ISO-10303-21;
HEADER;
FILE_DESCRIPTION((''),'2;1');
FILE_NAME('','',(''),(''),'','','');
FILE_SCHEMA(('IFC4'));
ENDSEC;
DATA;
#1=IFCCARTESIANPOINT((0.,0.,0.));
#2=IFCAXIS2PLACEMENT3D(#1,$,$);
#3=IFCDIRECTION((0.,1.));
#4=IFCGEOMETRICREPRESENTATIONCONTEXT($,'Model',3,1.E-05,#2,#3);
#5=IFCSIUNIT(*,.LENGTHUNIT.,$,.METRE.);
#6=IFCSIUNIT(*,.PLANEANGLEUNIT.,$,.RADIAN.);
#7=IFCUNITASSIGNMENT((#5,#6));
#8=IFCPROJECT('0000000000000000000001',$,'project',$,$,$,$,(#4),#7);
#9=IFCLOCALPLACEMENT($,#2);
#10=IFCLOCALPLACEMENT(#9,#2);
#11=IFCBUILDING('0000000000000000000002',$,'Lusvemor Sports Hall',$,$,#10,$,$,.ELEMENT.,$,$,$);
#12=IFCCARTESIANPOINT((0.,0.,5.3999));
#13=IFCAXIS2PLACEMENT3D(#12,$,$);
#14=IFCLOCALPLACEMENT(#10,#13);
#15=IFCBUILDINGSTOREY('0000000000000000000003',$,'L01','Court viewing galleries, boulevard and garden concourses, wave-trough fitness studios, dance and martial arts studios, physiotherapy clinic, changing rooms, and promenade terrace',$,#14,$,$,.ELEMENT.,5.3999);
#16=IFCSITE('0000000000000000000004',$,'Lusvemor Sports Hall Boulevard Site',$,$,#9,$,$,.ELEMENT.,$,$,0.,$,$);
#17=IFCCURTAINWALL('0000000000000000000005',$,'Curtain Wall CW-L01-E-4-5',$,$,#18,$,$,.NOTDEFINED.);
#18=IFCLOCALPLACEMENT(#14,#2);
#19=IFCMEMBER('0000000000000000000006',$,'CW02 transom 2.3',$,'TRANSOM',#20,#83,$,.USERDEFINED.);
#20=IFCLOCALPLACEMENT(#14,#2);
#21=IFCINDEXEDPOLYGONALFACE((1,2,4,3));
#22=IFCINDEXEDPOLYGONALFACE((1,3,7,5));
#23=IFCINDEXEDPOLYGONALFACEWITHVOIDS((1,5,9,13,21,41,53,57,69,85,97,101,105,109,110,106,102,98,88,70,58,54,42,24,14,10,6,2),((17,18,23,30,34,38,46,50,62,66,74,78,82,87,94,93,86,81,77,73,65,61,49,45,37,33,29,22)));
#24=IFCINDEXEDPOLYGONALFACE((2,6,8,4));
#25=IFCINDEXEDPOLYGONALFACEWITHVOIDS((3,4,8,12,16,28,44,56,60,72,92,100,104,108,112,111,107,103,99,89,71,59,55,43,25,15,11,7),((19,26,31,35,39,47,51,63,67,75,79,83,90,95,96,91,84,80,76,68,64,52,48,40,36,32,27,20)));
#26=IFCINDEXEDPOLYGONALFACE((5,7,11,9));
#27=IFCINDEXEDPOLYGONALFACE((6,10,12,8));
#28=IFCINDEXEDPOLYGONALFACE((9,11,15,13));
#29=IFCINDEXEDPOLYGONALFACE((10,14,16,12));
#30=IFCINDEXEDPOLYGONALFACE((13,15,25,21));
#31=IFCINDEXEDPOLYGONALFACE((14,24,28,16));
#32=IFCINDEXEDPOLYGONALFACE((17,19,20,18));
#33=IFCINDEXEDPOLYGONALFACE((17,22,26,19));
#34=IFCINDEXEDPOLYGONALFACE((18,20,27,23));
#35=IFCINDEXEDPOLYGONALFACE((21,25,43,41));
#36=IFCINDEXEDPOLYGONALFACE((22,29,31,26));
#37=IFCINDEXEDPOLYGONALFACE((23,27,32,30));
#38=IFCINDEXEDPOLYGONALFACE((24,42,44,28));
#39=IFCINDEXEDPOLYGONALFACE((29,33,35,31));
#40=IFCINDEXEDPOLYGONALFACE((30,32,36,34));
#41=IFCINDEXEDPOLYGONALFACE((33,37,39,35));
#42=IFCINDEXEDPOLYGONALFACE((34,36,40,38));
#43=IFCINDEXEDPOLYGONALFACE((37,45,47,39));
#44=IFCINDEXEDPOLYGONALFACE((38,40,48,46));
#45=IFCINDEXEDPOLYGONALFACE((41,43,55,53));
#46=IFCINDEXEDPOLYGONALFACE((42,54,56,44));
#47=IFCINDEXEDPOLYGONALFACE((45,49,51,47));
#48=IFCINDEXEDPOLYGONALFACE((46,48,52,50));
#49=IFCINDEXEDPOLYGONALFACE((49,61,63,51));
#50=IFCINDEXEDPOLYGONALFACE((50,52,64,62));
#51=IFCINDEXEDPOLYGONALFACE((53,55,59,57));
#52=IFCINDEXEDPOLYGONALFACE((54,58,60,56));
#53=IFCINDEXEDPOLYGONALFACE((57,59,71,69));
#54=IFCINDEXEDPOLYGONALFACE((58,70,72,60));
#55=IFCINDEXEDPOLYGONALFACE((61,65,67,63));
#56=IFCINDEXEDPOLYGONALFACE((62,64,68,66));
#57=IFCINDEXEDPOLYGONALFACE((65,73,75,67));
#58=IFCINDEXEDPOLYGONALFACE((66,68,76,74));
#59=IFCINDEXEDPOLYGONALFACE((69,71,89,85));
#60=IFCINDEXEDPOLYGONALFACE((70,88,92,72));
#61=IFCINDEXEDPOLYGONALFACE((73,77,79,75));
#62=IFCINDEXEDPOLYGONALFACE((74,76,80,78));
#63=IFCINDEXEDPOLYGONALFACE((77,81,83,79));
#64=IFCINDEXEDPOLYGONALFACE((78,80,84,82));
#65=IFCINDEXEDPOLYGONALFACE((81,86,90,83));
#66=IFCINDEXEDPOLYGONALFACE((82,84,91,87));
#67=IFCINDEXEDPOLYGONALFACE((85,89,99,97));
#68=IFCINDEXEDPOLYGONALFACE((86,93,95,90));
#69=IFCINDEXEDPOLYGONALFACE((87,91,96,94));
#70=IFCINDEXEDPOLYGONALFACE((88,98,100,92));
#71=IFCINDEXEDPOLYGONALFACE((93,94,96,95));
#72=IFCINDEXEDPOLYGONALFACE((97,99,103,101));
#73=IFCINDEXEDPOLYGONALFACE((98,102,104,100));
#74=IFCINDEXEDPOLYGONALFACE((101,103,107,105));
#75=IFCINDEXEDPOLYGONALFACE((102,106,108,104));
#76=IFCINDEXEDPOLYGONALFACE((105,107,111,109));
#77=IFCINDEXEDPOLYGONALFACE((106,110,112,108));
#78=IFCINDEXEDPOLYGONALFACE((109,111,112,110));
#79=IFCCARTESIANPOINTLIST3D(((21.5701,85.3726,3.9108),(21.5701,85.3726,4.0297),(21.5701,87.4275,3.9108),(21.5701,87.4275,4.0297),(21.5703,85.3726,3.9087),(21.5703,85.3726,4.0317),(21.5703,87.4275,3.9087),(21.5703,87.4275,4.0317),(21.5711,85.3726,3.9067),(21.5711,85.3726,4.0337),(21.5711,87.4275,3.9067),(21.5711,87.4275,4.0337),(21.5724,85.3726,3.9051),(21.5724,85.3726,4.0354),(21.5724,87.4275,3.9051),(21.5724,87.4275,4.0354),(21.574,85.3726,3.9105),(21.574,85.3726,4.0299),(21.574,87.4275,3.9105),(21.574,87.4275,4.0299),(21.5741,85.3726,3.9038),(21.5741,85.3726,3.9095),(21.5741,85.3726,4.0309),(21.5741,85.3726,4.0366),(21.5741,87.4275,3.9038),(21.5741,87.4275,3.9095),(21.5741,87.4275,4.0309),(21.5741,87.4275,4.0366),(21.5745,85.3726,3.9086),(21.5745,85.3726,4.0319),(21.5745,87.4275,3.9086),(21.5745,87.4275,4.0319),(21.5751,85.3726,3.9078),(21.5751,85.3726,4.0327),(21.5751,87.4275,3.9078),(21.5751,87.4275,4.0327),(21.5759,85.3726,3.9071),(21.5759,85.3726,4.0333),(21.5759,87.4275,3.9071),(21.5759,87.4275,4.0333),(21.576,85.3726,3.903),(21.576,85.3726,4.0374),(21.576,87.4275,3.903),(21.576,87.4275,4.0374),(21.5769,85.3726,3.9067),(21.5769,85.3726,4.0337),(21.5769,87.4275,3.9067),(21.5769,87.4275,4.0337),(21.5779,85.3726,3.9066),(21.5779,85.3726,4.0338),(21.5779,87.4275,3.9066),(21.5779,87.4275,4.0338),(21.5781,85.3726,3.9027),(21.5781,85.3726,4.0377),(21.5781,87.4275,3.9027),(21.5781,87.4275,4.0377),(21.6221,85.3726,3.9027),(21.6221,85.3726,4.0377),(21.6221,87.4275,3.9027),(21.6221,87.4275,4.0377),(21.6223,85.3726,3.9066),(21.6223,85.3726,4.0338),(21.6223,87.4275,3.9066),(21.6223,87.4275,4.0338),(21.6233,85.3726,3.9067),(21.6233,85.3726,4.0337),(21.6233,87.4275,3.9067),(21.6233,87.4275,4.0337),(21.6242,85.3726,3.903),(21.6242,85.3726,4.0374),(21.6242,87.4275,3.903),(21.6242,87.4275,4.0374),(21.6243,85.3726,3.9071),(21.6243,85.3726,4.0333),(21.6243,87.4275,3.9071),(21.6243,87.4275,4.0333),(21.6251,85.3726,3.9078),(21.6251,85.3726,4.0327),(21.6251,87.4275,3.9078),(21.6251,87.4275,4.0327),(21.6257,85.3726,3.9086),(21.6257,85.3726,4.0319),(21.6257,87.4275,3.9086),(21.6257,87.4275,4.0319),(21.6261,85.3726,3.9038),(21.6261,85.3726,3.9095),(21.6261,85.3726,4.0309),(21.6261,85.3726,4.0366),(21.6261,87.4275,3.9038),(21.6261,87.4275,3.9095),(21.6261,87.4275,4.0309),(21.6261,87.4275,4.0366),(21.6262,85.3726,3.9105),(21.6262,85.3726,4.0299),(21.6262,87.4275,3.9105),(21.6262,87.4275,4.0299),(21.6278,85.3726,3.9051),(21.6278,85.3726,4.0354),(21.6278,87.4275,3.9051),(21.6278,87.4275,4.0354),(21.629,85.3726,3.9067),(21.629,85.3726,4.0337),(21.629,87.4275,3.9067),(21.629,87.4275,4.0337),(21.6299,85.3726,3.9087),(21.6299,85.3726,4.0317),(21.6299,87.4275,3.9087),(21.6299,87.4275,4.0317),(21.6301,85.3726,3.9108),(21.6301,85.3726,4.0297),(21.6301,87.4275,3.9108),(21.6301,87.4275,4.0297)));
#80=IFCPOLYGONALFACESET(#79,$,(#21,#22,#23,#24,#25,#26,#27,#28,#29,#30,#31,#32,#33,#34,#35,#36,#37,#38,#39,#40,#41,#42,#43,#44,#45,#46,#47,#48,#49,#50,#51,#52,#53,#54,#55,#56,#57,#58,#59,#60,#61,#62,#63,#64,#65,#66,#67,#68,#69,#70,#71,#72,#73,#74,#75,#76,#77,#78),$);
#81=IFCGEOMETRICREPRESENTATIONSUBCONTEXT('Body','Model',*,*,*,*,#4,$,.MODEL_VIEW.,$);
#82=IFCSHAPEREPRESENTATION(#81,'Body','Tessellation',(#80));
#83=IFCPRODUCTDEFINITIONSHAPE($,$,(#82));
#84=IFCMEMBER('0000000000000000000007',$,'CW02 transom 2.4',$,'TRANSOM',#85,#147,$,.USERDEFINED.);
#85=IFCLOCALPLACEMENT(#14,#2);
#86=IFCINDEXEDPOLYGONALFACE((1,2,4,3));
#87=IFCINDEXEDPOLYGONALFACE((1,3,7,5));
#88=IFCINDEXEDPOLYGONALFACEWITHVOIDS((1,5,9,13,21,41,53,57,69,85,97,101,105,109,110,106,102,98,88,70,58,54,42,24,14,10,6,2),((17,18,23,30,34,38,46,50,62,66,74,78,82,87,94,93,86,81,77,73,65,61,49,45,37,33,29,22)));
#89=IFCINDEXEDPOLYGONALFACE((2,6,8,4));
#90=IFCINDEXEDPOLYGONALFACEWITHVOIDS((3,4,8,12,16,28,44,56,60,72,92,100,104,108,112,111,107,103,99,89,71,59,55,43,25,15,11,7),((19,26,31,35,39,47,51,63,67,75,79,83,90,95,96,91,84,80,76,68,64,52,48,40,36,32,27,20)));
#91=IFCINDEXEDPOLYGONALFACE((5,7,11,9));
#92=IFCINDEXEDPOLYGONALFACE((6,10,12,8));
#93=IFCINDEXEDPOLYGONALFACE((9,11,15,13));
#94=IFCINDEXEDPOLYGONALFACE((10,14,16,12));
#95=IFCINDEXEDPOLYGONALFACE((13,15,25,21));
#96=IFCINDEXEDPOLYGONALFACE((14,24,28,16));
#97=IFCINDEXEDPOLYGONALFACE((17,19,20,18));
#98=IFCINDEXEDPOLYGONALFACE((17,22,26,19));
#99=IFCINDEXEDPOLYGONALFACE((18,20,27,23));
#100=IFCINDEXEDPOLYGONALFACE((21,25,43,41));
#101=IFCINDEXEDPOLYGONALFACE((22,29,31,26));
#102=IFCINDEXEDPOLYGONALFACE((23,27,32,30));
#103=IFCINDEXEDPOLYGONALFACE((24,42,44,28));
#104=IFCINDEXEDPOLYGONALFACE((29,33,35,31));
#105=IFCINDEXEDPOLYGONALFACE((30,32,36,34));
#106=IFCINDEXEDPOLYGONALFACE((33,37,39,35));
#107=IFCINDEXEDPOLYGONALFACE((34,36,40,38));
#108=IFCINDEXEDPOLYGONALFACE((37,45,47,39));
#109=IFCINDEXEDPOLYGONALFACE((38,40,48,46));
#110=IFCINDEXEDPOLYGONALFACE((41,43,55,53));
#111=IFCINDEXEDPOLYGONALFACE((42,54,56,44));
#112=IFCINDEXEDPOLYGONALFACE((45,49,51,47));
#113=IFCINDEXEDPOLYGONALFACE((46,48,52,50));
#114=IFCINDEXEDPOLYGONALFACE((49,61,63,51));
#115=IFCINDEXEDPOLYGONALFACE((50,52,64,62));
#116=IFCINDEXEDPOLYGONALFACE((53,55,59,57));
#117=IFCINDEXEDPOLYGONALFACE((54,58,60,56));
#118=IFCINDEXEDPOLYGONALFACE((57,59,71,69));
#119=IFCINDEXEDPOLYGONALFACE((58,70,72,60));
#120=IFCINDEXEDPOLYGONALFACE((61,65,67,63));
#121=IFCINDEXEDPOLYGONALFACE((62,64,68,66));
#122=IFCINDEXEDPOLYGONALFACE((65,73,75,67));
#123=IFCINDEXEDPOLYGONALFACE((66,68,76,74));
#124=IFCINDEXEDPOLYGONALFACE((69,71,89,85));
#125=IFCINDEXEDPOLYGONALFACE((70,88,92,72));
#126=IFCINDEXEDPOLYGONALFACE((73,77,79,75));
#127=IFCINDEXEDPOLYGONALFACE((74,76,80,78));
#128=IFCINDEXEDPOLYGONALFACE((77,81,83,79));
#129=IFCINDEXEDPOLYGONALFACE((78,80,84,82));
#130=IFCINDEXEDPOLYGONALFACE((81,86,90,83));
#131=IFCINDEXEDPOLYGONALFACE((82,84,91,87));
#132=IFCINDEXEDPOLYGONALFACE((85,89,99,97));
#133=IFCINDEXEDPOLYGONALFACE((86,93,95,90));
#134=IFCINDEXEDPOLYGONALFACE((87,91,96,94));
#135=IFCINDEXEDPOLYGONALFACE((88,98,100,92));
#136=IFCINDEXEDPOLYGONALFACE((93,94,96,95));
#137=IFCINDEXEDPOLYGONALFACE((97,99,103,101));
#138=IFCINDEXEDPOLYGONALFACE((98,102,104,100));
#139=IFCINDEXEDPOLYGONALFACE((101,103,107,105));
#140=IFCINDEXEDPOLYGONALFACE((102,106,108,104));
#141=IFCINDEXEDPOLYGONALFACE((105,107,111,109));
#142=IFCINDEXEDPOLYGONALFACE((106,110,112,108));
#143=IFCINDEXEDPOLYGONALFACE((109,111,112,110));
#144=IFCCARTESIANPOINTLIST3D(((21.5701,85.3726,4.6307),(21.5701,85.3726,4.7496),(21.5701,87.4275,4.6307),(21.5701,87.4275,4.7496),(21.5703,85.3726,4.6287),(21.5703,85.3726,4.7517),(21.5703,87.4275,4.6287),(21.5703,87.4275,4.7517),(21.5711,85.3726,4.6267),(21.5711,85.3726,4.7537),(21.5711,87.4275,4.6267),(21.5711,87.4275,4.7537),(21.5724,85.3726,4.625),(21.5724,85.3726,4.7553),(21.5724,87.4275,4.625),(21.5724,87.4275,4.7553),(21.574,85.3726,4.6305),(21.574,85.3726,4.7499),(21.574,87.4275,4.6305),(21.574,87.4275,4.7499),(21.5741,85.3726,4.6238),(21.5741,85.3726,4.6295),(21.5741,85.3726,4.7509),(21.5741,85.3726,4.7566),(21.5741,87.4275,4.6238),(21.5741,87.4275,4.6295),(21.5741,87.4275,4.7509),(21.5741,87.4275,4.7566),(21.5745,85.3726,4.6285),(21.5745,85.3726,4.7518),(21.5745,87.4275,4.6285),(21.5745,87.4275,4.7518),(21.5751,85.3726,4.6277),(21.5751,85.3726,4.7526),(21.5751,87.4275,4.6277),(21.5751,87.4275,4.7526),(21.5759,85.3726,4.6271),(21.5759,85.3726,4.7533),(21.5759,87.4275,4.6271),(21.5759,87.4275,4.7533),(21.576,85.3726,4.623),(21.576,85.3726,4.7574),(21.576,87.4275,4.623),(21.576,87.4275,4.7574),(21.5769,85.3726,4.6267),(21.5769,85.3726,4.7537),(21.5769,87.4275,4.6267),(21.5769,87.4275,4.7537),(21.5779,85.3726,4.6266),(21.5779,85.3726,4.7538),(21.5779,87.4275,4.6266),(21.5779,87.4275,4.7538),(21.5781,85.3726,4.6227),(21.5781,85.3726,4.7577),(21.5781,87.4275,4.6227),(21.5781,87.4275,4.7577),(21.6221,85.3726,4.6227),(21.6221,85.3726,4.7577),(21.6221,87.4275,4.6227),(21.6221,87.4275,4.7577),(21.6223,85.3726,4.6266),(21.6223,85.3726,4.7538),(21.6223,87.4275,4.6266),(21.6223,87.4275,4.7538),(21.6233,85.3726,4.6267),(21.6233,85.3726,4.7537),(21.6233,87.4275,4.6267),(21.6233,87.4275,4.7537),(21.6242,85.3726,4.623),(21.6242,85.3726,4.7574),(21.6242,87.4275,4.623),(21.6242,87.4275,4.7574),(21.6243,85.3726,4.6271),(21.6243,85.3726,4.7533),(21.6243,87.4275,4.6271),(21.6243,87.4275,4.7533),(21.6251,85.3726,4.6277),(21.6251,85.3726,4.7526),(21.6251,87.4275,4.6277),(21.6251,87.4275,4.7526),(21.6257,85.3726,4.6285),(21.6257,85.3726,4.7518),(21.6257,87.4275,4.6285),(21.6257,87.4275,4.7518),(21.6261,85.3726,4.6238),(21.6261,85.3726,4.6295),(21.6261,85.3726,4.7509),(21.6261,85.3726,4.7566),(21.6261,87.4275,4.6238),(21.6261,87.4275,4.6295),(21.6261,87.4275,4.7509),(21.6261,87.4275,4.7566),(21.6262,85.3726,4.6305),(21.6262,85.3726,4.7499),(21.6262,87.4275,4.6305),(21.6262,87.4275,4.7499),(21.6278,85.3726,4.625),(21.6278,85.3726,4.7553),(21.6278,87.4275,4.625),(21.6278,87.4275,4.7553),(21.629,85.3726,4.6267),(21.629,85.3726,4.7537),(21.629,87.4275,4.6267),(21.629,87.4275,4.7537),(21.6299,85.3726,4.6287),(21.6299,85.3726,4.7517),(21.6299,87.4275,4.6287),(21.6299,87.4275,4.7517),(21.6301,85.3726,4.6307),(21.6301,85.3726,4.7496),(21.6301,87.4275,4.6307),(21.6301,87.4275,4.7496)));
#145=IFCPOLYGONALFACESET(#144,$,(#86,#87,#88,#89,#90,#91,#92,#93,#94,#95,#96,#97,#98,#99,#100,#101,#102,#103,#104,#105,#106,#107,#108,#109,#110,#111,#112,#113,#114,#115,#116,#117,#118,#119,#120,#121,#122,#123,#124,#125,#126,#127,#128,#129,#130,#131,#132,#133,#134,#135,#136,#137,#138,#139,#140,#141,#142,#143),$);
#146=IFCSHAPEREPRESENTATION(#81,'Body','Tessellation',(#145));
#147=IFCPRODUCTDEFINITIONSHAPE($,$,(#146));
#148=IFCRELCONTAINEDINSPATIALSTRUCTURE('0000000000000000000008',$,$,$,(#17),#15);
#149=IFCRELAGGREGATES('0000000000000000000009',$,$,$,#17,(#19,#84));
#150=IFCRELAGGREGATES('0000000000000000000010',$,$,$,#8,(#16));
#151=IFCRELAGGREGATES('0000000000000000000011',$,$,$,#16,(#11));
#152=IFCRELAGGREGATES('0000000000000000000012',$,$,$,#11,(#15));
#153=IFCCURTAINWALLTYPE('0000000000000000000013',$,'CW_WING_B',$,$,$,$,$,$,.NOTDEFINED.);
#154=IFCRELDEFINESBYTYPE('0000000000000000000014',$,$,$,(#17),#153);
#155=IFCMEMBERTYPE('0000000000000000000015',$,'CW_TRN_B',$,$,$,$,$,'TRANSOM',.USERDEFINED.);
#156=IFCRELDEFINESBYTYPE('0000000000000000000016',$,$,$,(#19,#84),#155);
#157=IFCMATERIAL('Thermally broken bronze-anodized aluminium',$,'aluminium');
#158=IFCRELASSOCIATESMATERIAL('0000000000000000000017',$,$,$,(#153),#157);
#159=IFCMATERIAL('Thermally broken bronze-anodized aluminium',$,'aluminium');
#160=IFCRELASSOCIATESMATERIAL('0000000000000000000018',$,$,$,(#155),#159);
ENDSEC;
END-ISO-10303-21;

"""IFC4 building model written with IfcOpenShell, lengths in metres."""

from ifc_helpers import new_model, si_unit, direction, frame, origin, origin_2d, place, context, subcontext, project, spatial, hollow_rectangle, extrude, material, material_profile, profile_set, type_object, element, aggregate, save


model = new_model("IFC4")

# Units and contexts
model_context = context("Model", 3, precision=1e-05, world=origin(), true_north=direction((0.0, 1.0)))
body_context = subcontext(model_context, "Body", "Model", "MODEL_VIEW")
ifc_project = project(units=[si_unit("LENGTHUNIT", "METRE"), si_unit("PLANEANGLEUNIT", "RADIAN")], contexts=[model_context])

# Site, building, storey
site_placement = place(None, origin())
site = spatial("IfcSite", under=ifc_project, at=site_placement, Name="Lusvemor Sports Hall Boulevard Site", CompositionType="ELEMENT", RefElevation=0.0)
building_placement = place(site_placement, origin())
building = spatial("IfcBuilding", under=site, at=building_placement, Name="Lusvemor Sports Hall", CompositionType="ELEMENT")
storey_placement = place(building_placement, frame((0.0, 0.0, 5.3999)))
storey = spatial("IfcBuildingStorey", under=building, at=storey_placement, Name="L01", Description="Court viewing galleries, boulevard and garden concourses, wave-trough fitness studios, dance and martial arts studios, physiotherapy clinic, changing rooms, and promenade terrace", CompositionType="ELEMENT", Elevation=5.3999)

# Curtain wall
ifc_material_1 = material(Name="Thermally broken bronze-anodized aluminium", Category="aluminium")
curtain_wall_type = type_object("IfcCurtainWallType", Name="CW_WING_B", PredefinedType="NOTDEFINED", material=ifc_material_1)
curtain_wall_1_placement = place(storey_placement, origin())
curtain_wall_1 = element("IfcCurtainWall", 1, at=curtain_wall_1_placement, inside=storey, type_object=curtain_wall_type, Name="Curtain Wall CW-L01-E-4-5", PredefinedType="NOTDEFINED")

# Members
ifc_material_2 = material(Name="Thermally broken bronze-anodized aluminium", Category="aluminium")
ifc_material_profile_1 = material_profile(ifc_material_2, hollow_rectangle(XDim=0.0601, YDim=0.135, WallThickness=0.0039, InnerFilletRadius=0.0039, OuterFilletRadius=0.0081, at=origin_2d()), Name="CWTRN135x60x4")
ifc_profile_set_1 = profile_set([ifc_material_profile_1], Name="Thermally broken bronze-anodized aluminium")
member_type_1 = type_object("IfcMemberType", Name="CW_TRN_B", ElementType="TRANSOM", PredefinedType="USERDEFINED", material=ifc_profile_set_1)
member_1_placement = place(storey_placement, frame((21.6001, 87.4275, 3.9702), z_axis=(0.0, -1.0, 0.0), x_axis=(1.0, 0.0, 0.0)))
member_1 = element("IfcMember", 2, at=member_1_placement, type_object=member_type_1, Name="CW02 transom 2.3", ObjectType="TRANSOM", PredefinedType="USERDEFINED", context=body_context, shape_type="SweptSolid", body=[
    extrude(hollow_rectangle(XDim=0.0601, YDim=0.135, WallThickness=0.0039, InnerFilletRadius=0.0039, OuterFilletRadius=0.0081, at=origin_2d()), origin(), (0.0, 0.0, 1.0), 2.0549),
])
member_2_placement = place(storey_placement, frame((21.6001, 87.4275, 4.6902), z_axis=(0.0, -1.0, 0.0), x_axis=(1.0, 0.0, 0.0)))
member_2 = element("IfcMember", 3, at=member_2_placement, type_object=member_type_1, Name="CW02 transom 2.4", ObjectType="TRANSOM", PredefinedType="USERDEFINED", context=body_context, shape_type="SweptSolid", body=[
    extrude(hollow_rectangle(XDim=0.0601, YDim=0.135, WallThickness=0.0039, InnerFilletRadius=0.0039, OuterFilletRadius=0.0081, at=origin_2d()), origin(), (0.0, 0.0, 1.0), 2.0549),
])

aggregate(curtain_wall_1, [member_1, member_2])

save(model, "model.ifc")
